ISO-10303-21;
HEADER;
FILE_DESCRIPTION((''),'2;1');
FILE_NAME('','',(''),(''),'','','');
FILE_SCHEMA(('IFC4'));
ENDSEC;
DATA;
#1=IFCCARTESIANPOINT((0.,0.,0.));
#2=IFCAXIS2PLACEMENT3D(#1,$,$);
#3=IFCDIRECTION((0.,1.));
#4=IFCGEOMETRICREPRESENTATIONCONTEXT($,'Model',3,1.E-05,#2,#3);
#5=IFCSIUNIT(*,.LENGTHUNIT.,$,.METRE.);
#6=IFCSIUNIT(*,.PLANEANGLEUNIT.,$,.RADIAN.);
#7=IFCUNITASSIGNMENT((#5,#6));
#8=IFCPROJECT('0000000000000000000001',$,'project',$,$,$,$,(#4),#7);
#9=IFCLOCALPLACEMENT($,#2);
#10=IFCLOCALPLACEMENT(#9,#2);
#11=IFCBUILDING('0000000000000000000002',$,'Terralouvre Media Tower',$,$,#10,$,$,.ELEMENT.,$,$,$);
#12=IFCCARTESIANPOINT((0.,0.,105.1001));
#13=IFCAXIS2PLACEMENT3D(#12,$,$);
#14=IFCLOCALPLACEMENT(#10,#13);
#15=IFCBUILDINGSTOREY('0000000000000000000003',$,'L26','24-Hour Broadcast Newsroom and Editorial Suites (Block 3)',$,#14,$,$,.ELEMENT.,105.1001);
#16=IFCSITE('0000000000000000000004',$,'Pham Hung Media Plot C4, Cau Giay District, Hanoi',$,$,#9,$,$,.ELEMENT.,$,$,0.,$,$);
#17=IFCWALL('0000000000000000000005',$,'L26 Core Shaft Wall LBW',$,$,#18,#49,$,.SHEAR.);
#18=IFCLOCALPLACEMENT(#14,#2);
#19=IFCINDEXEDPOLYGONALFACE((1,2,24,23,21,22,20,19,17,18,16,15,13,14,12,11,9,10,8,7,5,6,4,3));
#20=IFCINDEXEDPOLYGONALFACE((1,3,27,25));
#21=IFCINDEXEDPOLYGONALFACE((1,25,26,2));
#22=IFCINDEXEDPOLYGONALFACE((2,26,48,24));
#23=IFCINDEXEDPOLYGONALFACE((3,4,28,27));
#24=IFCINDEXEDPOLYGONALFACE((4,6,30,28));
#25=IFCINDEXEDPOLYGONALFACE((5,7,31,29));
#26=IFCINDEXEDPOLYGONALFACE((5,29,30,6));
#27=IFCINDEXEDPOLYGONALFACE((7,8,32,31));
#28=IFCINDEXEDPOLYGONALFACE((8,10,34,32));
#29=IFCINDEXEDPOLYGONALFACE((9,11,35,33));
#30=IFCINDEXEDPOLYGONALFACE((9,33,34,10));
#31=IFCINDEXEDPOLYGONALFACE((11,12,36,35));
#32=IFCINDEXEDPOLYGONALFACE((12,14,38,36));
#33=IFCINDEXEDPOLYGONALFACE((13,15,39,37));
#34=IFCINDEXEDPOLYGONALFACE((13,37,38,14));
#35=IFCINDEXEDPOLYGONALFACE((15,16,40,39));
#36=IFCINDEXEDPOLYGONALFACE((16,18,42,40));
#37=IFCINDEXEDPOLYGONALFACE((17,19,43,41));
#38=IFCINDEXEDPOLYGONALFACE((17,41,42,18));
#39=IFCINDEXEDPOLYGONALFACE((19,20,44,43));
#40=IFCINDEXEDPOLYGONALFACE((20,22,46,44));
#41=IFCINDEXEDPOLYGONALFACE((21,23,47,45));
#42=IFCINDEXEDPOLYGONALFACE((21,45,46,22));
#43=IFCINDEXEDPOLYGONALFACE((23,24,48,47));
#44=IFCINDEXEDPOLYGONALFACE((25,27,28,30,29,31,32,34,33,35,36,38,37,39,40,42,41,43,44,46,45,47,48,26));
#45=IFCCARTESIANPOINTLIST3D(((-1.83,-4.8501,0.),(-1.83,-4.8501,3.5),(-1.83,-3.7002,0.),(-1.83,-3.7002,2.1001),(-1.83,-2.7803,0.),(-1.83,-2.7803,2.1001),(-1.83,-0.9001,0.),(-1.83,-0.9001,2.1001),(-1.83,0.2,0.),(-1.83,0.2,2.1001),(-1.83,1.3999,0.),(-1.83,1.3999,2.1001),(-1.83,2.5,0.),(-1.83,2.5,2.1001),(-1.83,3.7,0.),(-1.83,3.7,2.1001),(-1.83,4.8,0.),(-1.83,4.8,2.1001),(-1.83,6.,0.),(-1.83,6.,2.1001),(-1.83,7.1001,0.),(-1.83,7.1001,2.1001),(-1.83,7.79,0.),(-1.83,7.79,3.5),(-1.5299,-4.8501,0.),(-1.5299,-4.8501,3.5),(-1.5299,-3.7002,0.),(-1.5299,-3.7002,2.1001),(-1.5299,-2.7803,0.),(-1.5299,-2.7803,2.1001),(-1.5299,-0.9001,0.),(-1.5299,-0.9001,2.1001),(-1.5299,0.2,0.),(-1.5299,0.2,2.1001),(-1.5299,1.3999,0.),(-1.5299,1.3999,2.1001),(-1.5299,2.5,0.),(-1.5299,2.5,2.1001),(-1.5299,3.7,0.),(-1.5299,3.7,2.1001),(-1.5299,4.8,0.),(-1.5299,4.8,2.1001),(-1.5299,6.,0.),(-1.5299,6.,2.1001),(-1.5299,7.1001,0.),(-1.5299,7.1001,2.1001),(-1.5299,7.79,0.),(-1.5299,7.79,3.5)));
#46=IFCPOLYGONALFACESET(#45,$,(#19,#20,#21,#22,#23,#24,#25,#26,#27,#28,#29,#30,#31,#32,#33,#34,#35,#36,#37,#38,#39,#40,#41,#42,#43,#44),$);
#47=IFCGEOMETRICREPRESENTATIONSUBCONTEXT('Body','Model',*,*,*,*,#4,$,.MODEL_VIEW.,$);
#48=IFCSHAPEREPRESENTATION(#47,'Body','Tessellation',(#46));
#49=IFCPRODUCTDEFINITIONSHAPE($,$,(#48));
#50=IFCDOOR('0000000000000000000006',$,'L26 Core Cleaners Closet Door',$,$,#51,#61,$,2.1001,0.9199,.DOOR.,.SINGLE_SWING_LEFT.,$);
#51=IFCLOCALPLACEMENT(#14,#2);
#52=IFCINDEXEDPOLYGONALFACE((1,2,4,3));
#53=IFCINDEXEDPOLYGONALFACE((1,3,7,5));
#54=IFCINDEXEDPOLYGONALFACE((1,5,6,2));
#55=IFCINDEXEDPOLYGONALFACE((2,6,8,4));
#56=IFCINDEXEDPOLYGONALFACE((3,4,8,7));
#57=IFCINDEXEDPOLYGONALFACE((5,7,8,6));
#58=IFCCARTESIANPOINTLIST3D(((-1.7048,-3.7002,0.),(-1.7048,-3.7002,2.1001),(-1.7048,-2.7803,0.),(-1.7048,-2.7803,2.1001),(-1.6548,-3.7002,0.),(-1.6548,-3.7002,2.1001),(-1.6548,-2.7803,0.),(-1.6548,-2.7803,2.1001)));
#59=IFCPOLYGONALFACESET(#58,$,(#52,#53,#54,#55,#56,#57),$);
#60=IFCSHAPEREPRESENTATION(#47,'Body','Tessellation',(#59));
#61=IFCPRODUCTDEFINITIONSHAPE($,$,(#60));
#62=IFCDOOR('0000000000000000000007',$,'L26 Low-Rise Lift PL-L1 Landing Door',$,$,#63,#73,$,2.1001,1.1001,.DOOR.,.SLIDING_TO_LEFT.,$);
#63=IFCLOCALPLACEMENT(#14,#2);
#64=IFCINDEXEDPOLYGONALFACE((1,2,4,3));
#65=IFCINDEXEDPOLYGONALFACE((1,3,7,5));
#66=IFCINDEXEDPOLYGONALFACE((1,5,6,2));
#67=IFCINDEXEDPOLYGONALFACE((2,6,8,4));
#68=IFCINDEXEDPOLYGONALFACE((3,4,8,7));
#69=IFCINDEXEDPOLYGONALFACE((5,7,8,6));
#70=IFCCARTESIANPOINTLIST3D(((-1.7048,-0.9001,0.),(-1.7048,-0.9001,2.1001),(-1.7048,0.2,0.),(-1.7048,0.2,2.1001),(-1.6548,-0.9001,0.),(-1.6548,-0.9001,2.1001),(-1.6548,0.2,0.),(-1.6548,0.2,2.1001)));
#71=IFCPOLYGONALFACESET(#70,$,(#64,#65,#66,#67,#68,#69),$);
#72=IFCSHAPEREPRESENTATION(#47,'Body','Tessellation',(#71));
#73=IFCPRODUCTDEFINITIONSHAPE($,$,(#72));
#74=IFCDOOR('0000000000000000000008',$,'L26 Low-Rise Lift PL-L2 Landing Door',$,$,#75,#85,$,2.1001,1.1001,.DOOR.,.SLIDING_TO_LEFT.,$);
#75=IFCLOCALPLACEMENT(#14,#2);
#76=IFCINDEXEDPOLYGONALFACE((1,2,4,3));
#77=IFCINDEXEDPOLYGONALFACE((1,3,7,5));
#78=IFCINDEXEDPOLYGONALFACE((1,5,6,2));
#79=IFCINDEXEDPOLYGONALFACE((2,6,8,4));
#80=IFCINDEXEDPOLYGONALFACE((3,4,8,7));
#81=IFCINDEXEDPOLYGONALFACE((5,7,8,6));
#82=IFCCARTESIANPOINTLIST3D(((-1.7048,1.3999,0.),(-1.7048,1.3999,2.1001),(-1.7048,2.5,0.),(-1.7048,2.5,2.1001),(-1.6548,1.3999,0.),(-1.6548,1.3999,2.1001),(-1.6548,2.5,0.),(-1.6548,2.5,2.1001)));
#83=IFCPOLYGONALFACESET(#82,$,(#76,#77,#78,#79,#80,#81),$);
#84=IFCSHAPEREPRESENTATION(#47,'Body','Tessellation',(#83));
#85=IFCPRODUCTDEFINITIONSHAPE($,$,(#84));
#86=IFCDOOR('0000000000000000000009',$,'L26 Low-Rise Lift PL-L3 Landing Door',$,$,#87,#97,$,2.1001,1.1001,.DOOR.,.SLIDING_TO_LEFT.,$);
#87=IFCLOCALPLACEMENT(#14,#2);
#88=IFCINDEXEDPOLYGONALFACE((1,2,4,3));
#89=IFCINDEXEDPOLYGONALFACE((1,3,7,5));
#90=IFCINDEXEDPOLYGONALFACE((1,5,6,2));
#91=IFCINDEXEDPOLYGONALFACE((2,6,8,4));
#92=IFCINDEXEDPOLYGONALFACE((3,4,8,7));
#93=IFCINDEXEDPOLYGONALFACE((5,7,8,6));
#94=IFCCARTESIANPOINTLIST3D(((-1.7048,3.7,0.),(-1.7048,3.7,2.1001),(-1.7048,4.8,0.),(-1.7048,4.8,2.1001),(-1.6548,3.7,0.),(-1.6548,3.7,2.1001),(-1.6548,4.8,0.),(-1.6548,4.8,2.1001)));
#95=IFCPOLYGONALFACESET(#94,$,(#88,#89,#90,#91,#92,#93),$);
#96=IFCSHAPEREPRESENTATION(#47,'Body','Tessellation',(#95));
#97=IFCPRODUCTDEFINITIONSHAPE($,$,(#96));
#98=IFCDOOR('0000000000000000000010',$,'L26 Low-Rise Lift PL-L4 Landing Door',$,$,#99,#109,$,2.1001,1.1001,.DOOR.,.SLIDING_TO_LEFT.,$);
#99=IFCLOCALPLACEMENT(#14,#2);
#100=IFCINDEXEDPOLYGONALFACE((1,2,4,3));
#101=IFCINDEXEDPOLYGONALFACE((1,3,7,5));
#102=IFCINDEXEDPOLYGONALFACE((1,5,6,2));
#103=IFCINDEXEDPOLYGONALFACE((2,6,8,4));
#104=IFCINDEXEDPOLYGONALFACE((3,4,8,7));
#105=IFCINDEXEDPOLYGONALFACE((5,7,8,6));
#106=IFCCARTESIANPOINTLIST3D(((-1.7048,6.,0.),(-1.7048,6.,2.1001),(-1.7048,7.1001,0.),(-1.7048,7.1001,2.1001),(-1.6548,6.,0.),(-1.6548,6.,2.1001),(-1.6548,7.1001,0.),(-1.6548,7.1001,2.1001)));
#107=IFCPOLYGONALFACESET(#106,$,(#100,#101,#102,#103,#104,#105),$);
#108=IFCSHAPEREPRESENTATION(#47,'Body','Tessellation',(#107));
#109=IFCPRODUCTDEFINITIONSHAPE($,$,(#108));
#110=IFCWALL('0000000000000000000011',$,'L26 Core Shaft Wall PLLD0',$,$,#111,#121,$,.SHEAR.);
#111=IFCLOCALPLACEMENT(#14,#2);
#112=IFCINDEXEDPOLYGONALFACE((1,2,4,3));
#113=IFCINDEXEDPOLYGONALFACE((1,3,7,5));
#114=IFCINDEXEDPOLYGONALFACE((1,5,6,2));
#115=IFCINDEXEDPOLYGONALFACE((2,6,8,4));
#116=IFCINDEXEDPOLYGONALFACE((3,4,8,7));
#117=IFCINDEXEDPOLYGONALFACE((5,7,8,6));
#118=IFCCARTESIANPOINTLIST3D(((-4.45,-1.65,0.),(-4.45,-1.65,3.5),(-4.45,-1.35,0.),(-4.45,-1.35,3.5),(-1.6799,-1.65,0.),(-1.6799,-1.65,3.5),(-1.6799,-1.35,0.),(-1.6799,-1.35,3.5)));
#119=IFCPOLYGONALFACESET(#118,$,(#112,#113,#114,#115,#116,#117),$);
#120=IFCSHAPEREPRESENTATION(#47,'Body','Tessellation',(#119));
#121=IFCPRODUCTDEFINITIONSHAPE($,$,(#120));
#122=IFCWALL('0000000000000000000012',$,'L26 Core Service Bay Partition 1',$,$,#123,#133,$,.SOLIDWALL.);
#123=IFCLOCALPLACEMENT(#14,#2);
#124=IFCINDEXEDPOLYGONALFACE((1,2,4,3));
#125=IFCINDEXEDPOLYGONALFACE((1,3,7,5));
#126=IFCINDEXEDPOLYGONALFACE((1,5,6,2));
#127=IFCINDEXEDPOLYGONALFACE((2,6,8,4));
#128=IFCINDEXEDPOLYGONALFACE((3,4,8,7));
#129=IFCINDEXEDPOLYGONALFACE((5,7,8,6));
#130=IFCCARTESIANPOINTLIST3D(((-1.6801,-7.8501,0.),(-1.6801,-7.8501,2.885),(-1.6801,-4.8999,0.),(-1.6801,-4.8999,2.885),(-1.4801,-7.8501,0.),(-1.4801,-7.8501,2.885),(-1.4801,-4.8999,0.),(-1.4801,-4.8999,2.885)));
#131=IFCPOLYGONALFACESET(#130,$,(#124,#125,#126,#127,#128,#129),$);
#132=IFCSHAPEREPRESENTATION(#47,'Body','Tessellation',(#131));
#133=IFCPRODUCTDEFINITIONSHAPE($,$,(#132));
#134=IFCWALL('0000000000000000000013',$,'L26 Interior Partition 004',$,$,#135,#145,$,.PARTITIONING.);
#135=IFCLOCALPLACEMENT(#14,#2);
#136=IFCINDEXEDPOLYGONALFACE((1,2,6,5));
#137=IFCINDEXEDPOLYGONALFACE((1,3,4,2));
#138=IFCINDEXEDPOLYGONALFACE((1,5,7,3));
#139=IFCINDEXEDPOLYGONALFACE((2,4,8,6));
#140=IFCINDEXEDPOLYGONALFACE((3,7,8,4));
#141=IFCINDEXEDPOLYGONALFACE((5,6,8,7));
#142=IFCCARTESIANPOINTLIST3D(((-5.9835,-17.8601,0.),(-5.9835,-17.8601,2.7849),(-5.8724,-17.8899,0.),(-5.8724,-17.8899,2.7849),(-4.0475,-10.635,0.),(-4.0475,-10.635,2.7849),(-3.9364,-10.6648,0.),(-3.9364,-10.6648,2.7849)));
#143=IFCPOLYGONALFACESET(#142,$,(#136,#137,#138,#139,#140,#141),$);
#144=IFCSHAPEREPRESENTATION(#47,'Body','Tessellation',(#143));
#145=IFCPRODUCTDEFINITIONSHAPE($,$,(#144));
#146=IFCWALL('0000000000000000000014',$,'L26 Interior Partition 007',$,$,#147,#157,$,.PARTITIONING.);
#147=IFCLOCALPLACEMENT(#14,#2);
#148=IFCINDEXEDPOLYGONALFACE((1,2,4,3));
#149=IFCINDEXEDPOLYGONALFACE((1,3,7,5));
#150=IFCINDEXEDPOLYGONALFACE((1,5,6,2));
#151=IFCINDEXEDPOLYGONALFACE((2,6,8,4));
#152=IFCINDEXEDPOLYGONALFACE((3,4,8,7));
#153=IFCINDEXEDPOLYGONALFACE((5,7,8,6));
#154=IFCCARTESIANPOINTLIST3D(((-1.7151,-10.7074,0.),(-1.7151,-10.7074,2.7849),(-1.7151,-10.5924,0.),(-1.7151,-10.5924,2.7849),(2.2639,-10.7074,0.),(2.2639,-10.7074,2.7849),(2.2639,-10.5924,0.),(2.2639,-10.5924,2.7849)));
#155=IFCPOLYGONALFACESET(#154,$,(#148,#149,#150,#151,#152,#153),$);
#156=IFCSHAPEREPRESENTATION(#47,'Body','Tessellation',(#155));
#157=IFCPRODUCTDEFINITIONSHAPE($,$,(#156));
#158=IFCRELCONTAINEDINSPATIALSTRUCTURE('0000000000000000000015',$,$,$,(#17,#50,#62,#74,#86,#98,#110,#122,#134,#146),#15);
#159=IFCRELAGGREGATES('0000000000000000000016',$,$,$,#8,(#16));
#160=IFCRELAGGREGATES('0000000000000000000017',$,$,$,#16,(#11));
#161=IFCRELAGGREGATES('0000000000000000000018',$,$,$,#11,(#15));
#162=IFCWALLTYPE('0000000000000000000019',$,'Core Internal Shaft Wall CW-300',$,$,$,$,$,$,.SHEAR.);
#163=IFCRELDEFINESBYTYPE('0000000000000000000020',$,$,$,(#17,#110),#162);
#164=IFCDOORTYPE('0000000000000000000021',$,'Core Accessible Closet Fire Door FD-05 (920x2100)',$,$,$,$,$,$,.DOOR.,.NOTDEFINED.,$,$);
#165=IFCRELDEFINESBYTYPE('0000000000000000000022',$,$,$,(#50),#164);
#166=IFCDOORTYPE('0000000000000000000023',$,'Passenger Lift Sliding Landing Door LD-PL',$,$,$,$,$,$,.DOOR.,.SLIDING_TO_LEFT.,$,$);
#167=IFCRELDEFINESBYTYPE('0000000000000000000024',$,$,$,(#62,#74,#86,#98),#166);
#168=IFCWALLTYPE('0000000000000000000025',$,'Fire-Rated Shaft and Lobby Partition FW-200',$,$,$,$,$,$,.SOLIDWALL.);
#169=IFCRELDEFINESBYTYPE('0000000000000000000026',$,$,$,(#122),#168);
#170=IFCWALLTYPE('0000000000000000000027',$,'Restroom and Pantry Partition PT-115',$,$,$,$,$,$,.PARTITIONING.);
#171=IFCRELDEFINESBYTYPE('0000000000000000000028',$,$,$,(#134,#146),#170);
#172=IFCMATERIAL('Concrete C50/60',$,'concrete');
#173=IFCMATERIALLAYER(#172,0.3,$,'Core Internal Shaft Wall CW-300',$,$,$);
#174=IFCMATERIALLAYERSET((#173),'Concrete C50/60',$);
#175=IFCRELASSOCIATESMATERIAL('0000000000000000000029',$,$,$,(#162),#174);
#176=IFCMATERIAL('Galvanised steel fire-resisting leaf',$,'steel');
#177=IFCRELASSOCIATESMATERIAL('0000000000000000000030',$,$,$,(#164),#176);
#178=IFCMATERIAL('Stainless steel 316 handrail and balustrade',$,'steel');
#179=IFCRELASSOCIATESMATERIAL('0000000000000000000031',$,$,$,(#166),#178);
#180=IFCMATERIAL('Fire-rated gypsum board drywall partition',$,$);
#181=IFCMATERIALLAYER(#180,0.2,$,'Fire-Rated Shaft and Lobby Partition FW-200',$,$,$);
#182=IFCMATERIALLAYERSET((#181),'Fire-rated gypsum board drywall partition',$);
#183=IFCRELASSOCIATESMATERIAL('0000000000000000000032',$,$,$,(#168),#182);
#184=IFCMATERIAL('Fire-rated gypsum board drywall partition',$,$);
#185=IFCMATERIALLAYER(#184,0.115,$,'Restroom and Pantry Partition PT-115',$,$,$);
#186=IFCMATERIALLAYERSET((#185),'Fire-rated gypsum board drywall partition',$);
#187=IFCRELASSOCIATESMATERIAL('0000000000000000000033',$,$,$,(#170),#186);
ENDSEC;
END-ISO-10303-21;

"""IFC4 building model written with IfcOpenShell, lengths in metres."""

from ifc_helpers import new_model, si_unit, direction, frame, frame_2d, origin, place, context, subcontext, project, spatial, rectangle, extrude, material, layer, layer_set, type_object, element, fill, save


model = new_model("IFC4")

# Units and contexts
model_context = context("Model", 3, precision=1e-05, world=origin(), true_north=direction((0.0, 1.0)))
body_context = subcontext(model_context, "Body", "Model", "MODEL_VIEW")
ifc_project = project(units=[si_unit("LENGTHUNIT", "METRE"), si_unit("PLANEANGLEUNIT", "RADIAN")], contexts=[model_context])

# Site, building, storey
site_placement = place(None, origin())
site = spatial("IfcSite", under=ifc_project, at=site_placement, Name="Pham Hung Media Plot C4, Cau Giay District, Hanoi", CompositionType="ELEMENT", RefElevation=0.0)
building_placement = place(site_placement, origin())
building = spatial("IfcBuilding", under=site, at=building_placement, Name="Terralouvre Media Tower", CompositionType="ELEMENT")
storey_placement = place(building_placement, frame((0.0, 0.0, 105.1001)))
storey = spatial("IfcBuildingStorey", under=building, at=storey_placement, Name="L26", Description="24-Hour Broadcast Newsroom and Editorial Suites (Block 3)", CompositionType="ELEMENT", Elevation=105.1001)

# Shared definitions
ifc_material_1 = material(Name="Concrete C50/60", Category="concrete")
ifc_layer_1 = layer(ifc_material_1, 0.3, Name="Core Internal Shaft Wall CW-300")
ifc_layer_set_1 = layer_set([ifc_layer_1], Name="Concrete C50/60")
wall_type_1 = type_object("IfcWallType", Name="Core Internal Shaft Wall CW-300", PredefinedType="SHEAR", material=ifc_layer_set_1)

# Wall, openings, doors
wall_1_placement = place(storey_placement, frame((-1.6799, -4.8501, 0.0), z_axis=(0.0, 0.0, 1.0), x_axis=(0.0, 1.0, 0.0)))
wall_1 = element("IfcWall", 1, at=wall_1_placement, inside=storey, type_object=wall_type_1, Name="L26 Core Shaft Wall LBW", PredefinedType="SHEAR", context=body_context, shape_type="SweptSolid", body=[
    extrude(rectangle(XDim=12.6401, YDim=0.3, at=frame_2d((6.3201, 0.0))), origin(), (0.0, 0.0, 1.0), 3.5),
])
opening_1_placement = place(wall_1_placement, frame((3.95, 0.0, 0.0)))
opening_1 = element("IfcOpeningElement", 2, at=opening_1_placement, cuts=wall_1, PredefinedType="OPENING", context=body_context, shape_type="SweptSolid", body=[
    extrude(rectangle(XDim=1.1001, YDim=2.1001, at=frame_2d((0.55, 1.05))), frame((0.0, 0.1599, 0.0), z_axis=(0.0, -1.0, 0.0), x_axis=(1.0, 0.0, 0.0)), (0.0, 0.0, 1.0), 0.3201),
])
opening_2_placement = place(wall_1_placement, frame((6.25, 0.0, 0.0)))
opening_2 = element("IfcOpeningElement", 3, at=opening_2_placement, cuts=wall_1, PredefinedType="OPENING", context=body_context, shape_type="SweptSolid", body=[
    extrude(rectangle(XDim=1.1001, YDim=2.1001, at=frame_2d((0.55, 1.05))), frame((0.0, 0.1599, 0.0), z_axis=(0.0, -1.0, 0.0), x_axis=(1.0, 0.0, 0.0)), (0.0, 0.0, 1.0), 0.3201),
])
opening_3_placement = place(wall_1_placement, frame((8.55, 0.0, 0.0)))
opening_3 = element("IfcOpeningElement", 4, at=opening_3_placement, cuts=wall_1, PredefinedType="OPENING", context=body_context, shape_type="SweptSolid", body=[
    extrude(rectangle(XDim=1.1001, YDim=2.1001, at=frame_2d((0.55, 1.05))), frame((0.0, 0.1599, 0.0), z_axis=(0.0, -1.0, 0.0), x_axis=(1.0, 0.0, 0.0)), (0.0, 0.0, 1.0), 0.3201),
])
opening_4_placement = place(wall_1_placement, frame((10.8501, 0.0, 0.0)))
opening_4 = element("IfcOpeningElement", 5, at=opening_4_placement, cuts=wall_1, PredefinedType="OPENING", context=body_context, shape_type="SweptSolid", body=[
    extrude(rectangle(XDim=1.1001, YDim=2.1001, at=frame_2d((0.55, 1.05))), frame((0.0, 0.1599, 0.0), z_axis=(0.0, -1.0, 0.0), x_axis=(1.0, 0.0, 0.0)), (0.0, 0.0, 1.0), 0.3201),
])
opening_5_placement = place(wall_1_placement, frame((1.1499, 0.0, 0.0)))
opening_5 = element("IfcOpeningElement", 6, at=opening_5_placement, cuts=wall_1, PredefinedType="OPENING", context=body_context, shape_type="SweptSolid", body=[
    extrude(rectangle(XDim=0.9199, YDim=2.1001, at=frame_2d((0.46, 1.05))), frame((0.0, 0.1599, 0.0), z_axis=(0.0, -1.0, 0.0), x_axis=(1.0, 0.0, 0.0)), (0.0, 0.0, 1.0), 0.3201),
])
ifc_material_2 = material(Name="Galvanised steel fire-resisting leaf", Category="steel")
door_type_1 = type_object("IfcDoorType", Name="Core Accessible Closet Fire Door FD-05 (920x2100)", OperationType="NOTDEFINED", PredefinedType="DOOR", material=ifc_material_2)
door_1_placement = place(opening_5_placement, origin())
door_1 = element("IfcDoor", 7, at=door_1_placement, inside=storey, type_object=door_type_1, Name="L26 Core Cleaners Closet Door", OperationType="SINGLE_SWING_LEFT", OverallHeight=2.1001, OverallWidth=0.9199, PredefinedType="DOOR", context=body_context, shape_type="SweptSolid", body=[
    extrude(rectangle(XDim=0.9199, YDim=2.1001, at=frame_2d((0.46, 1.05))), frame((0.0, 0.0249, 0.0), z_axis=(0.0, -1.0, 0.0), x_axis=(1.0, 0.0, 0.0)), (0.0, 0.0, 1.0), 0.05),
])
fill(opening_5, door_1)
ifc_material_3 = material(Name="Stainless steel 316 handrail and balustrade", Category="steel")
door_type_2 = type_object("IfcDoorType", Name="Passenger Lift Sliding Landing Door LD-PL", OperationType="SLIDING_TO_LEFT", PredefinedType="DOOR", material=ifc_material_3)
door_2_placement = place(opening_1_placement, origin())
door_2 = element("IfcDoor", 8, at=door_2_placement, inside=storey, type_object=door_type_2, Name="L26 Low-Rise Lift PL-L1 Landing Door", OperationType="SLIDING_TO_LEFT", OverallHeight=2.1001, OverallWidth=1.1001, PredefinedType="DOOR", context=body_context, shape_type="SweptSolid", body=[
    extrude(rectangle(XDim=1.1001, YDim=2.1001, at=frame_2d((0.55, 1.05))), frame((0.0, 0.0249, 0.0), z_axis=(0.0, -1.0, 0.0), x_axis=(1.0, 0.0, 0.0)), (0.0, 0.0, 1.0), 0.05),
])
fill(opening_1, door_2)
door_3_placement = place(opening_2_placement, origin())
door_3 = element("IfcDoor", 9, at=door_3_placement, inside=storey, type_object=door_type_2, Name="L26 Low-Rise Lift PL-L2 Landing Door", OperationType="SLIDING_TO_LEFT", OverallHeight=2.1001, OverallWidth=1.1001, PredefinedType="DOOR", context=body_context, shape_type="SweptSolid", body=[
    extrude(rectangle(XDim=1.1001, YDim=2.1001, at=frame_2d((0.55, 1.05))), frame((0.0, 0.0249, 0.0), z_axis=(0.0, -1.0, 0.0), x_axis=(1.0, 0.0, 0.0)), (0.0, 0.0, 1.0), 0.05),
])
fill(opening_2, door_3)
door_4_placement = place(opening_3_placement, origin())
door_4 = element("IfcDoor", 10, at=door_4_placement, inside=storey, type_object=door_type_2, Name="L26 Low-Rise Lift PL-L3 Landing Door", OperationType="SLIDING_TO_LEFT", OverallHeight=2.1001, OverallWidth=1.1001, PredefinedType="DOOR", context=body_context, shape_type="SweptSolid", body=[
    extrude(rectangle(XDim=1.1001, YDim=2.1001, at=frame_2d((0.55, 1.05))), frame((0.0, 0.0249, 0.0), z_axis=(0.0, -1.0, 0.0), x_axis=(1.0, 0.0, 0.0)), (0.0, 0.0, 1.0), 0.05),
])
fill(opening_3, door_4)
door_5_placement = place(opening_4_placement, origin())
door_5 = element("IfcDoor", 11, at=door_5_placement, inside=storey, type_object=door_type_2, Name="L26 Low-Rise Lift PL-L4 Landing Door", OperationType="SLIDING_TO_LEFT", OverallHeight=2.1001, OverallWidth=1.1001, PredefinedType="DOOR", context=body_context, shape_type="SweptSolid", body=[
    extrude(rectangle(XDim=1.1001, YDim=2.1001, at=frame_2d((0.55, 1.05))), frame((0.0, 0.0249, 0.0), z_axis=(0.0, -1.0, 0.0), x_axis=(1.0, 0.0, 0.0)), (0.0, 0.0, 1.0), 0.05),
])
fill(opening_4, door_5)

# Walls
wall_2_placement = place(storey_placement, frame((-4.45, -1.5, 0.0), z_axis=(0.0, 0.0, 1.0), x_axis=(1.0, 0.0, 0.0)))
element("IfcWall", 12, at=wall_2_placement, inside=storey, type_object=wall_type_1, Name="L26 Core Shaft Wall PLLD0", PredefinedType="SHEAR", context=body_context, shape_type="SweptSolid", body=[
    extrude(rectangle(XDim=2.77, YDim=0.3, at=frame_2d((1.385, 0.0))), origin(), (0.0, 0.0, 1.0), 3.5),
])
ifc_material_4 = material(Name="Fire-rated gypsum board drywall partition")
ifc_layer_2 = layer(ifc_material_4, 0.2, Name="Fire-Rated Shaft and Lobby Partition FW-200")
ifc_layer_set_2 = layer_set([ifc_layer_2], Name="Fire-rated gypsum board drywall partition")
wall_type_2 = type_object("IfcWallType", Name="Fire-Rated Shaft and Lobby Partition FW-200", PredefinedType="SOLIDWALL", material=ifc_layer_set_2)
wall_3_placement = place(storey_placement, frame((-1.5801, -7.8501, 0.0), z_axis=(0.0, 0.0, 1.0), x_axis=(0.0, 1.0, 0.0)))
element("IfcWall", 13, at=wall_3_placement, inside=storey, type_object=wall_type_2, Name="L26 Core Service Bay Partition 1", PredefinedType="SOLIDWALL", context=body_context, shape_type="SweptSolid", body=[
    extrude(rectangle(XDim=2.9502, YDim=0.2, at=frame_2d((1.4751, 0.0))), origin(), (0.0, 0.0, 1.0), 2.885),
])
ifc_material_5 = material(Name="Fire-rated gypsum board drywall partition")
ifc_layer_3 = layer(ifc_material_5, 0.115, Name="Restroom and Pantry Partition PT-115")
ifc_layer_set_3 = layer_set([ifc_layer_3], Name="Fire-rated gypsum board drywall partition")
wall_type_3 = type_object("IfcWallType", Name="Restroom and Pantry Partition PT-115", PredefinedType="PARTITIONING", material=ifc_layer_set_3)
wall_4_placement = place(storey_placement, frame((-3.9919, -10.6499, 0.0), z_axis=(0.0, 0.0, 1.0), x_axis=(-0.258829, -0.965923, 0.0)))
element("IfcWall", 14, at=wall_4_placement, inside=storey, type_object=wall_type_3, Name="L26 Interior Partition 004", PredefinedType="PARTITIONING", context=body_context, shape_type="SweptSolid", body=[
    extrude(rectangle(XDim=7.48, YDim=0.115, at=frame_2d((3.74, 0.0))), origin(), (0.0, 0.0, 1.0), 2.7849),
])
wall_5_placement = place(storey_placement, frame((-1.7151, -10.6499, 0.0), z_axis=(0.0, 0.0, 1.0), x_axis=(1.0, 0.0, 0.0)))
element("IfcWall", 15, at=wall_5_placement, inside=storey, type_object=wall_type_3, Name="L26 Interior Partition 007", PredefinedType="PARTITIONING", context=body_context, shape_type="SweptSolid", body=[
    extrude(rectangle(XDim=3.979, YDim=0.115, at=frame_2d((1.9895, 0.0))), origin(), (0.0, 0.0, 1.0), 2.7849),
])

save(model, "model.ifc")
